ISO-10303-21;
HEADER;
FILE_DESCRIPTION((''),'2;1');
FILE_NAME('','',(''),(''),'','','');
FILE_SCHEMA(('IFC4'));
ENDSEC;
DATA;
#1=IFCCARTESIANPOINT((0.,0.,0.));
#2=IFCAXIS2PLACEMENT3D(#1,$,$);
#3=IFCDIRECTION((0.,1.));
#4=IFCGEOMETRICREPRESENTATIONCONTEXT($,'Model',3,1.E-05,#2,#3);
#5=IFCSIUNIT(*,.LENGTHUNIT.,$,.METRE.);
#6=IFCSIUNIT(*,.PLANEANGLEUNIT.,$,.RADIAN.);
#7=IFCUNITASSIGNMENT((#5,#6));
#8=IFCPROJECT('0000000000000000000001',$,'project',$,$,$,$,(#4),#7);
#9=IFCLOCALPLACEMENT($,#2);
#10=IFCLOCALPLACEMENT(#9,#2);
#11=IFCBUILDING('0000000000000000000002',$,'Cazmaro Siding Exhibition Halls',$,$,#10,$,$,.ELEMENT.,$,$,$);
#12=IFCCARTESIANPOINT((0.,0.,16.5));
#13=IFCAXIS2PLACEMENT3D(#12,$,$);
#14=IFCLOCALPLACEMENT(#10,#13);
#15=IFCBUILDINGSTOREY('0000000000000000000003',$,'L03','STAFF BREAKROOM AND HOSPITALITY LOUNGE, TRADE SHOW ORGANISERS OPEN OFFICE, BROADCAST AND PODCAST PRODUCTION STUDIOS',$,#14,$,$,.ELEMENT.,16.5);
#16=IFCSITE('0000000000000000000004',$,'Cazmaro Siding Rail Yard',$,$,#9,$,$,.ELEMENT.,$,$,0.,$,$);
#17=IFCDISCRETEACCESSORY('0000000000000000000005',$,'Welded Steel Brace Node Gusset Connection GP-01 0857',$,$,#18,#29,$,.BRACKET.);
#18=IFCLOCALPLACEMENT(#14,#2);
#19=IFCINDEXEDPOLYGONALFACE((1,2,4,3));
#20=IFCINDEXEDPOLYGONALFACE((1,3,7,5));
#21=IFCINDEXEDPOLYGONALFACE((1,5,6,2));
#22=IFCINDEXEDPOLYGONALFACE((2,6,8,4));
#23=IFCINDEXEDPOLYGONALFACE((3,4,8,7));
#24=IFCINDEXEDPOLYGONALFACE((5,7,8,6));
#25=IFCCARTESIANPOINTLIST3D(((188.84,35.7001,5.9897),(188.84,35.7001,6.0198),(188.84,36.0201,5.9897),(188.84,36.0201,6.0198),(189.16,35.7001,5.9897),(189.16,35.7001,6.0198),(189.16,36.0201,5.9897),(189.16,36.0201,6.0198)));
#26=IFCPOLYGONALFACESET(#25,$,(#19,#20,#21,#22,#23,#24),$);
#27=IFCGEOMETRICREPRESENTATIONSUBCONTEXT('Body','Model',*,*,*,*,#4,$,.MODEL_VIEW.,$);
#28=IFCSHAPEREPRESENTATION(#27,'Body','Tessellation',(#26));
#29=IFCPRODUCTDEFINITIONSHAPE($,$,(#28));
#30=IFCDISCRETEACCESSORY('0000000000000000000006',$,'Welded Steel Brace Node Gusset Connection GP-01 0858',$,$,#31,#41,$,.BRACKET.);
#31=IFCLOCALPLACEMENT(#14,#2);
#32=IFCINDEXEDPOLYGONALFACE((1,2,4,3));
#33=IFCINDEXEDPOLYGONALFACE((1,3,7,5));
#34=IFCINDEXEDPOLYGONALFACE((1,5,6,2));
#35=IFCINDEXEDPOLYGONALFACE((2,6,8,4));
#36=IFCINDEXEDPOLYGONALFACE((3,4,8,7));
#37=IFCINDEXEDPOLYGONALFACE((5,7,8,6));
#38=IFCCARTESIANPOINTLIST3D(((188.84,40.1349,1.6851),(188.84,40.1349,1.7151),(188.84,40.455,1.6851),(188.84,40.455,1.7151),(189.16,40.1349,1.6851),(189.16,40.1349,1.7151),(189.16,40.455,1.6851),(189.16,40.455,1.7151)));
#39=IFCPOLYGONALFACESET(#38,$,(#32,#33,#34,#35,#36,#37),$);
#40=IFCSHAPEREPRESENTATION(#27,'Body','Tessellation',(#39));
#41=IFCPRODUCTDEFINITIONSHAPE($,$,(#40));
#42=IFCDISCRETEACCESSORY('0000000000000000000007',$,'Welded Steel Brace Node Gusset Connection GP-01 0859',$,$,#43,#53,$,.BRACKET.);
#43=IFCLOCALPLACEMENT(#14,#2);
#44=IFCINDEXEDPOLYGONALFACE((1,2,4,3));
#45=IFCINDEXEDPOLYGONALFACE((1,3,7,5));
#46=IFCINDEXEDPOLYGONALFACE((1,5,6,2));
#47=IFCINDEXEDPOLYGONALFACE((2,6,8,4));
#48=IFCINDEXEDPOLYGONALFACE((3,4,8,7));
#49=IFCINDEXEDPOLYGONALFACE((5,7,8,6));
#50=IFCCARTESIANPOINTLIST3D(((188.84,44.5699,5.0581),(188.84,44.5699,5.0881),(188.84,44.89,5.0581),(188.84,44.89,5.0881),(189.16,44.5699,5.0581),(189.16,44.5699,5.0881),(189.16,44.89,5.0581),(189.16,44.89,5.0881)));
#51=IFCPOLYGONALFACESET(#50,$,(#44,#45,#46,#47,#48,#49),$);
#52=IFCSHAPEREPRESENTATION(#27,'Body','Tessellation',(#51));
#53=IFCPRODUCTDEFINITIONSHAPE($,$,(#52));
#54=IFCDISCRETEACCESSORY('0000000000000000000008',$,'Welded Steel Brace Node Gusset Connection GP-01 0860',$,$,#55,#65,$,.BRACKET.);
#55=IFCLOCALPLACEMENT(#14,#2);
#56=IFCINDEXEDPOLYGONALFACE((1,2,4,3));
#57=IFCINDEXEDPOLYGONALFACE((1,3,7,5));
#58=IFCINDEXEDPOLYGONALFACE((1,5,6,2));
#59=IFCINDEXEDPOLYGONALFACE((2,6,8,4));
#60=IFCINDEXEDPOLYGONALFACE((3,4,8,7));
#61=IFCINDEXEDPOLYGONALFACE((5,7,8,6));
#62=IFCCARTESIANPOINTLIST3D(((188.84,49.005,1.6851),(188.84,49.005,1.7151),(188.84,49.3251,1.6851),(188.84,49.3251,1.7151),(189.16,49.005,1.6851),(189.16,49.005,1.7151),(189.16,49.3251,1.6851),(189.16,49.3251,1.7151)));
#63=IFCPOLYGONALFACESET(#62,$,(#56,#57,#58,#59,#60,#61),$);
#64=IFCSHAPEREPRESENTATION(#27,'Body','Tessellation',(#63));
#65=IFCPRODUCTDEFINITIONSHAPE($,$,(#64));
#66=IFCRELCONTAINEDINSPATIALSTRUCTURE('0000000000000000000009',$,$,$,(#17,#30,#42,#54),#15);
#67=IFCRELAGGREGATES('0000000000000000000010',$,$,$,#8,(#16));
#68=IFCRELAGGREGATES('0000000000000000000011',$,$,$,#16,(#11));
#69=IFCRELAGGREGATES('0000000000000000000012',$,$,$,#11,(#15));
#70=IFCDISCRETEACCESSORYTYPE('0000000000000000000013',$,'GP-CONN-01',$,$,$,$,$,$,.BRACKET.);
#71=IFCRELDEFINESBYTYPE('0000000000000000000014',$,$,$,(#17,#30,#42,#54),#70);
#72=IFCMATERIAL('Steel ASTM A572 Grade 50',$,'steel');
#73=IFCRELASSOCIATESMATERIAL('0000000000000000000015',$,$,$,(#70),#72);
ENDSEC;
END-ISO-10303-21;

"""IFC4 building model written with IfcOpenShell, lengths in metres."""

from ifc_helpers import new_model, si_unit, direction, frame, origin, origin_2d, place, context, subcontext, project, spatial, rectangle, extrude, material, type_object, element, save


model = new_model("IFC4")

# Units and contexts
model_context = context("Model", 3, precision=1e-05, world=origin(), true_north=direction((0.0, 1.0)))
body_context = subcontext(model_context, "Body", "Model", "MODEL_VIEW")
ifc_project = project(units=[si_unit("LENGTHUNIT", "METRE"), si_unit("PLANEANGLEUNIT", "RADIAN")], contexts=[model_context])

# Site, building, storey
site_placement = place(None, origin())
site = spatial("IfcSite", under=ifc_project, at=site_placement, Name="Cazmaro Siding Rail Yard", CompositionType="ELEMENT", RefElevation=0.0)
building_placement = place(site_placement, origin())
building = spatial("IfcBuilding", under=site, at=building_placement, Name="Cazmaro Siding Exhibition Halls", CompositionType="ELEMENT")
storey_placement = place(building_placement, frame((0.0, 0.0, 16.5)))
storey = spatial("IfcBuildingStorey", under=building, at=storey_placement, Name="L03", Description="STAFF BREAKROOM AND HOSPITALITY LOUNGE, TRADE SHOW ORGANISERS OPEN OFFICE, BROADCAST AND PODCAST PRODUCTION STUDIOS", CompositionType="ELEMENT", Elevation=16.5)

# Discrete accessories
ifc_material_1 = material(Name="Steel ASTM A572 Grade 50", Category="steel")
discrete_accessory_type = type_object("IfcDiscreteAccessoryType", Name="GP-CONN-01", PredefinedType="BRACKET", material=ifc_material_1)
for number, where, z_axis, x_axis, name in (
    (1, (189.0, 35.8601, 5.9897), (0.0, 0.0, 1.0), (1.0, 0.0, 0.0), "Welded Steel Brace Node Gusset Connection GP-01 0857"),
    (2, (189.0, 40.2949, 1.6851), (0.0, 0.0, 1.0), (1.0, 0.0, 0.0), "Welded Steel Brace Node Gusset Connection GP-01 0858"),
    (3, (189.0, 44.73, 5.0581), (0.0, 0.0, 1.0), (1.0, 0.0, 0.0), "Welded Steel Brace Node Gusset Connection GP-01 0859"),
    (4, (189.0, 49.165, 1.6851), (0.0, 0.0, 1.0), (1.0, 0.0, 0.0), "Welded Steel Brace Node Gusset Connection GP-01 0860"),
):
    element("IfcDiscreteAccessory", number, at=place(storey_placement, frame(where, z_axis=z_axis, x_axis=x_axis)), inside=storey, type_object=discrete_accessory_type, Name=name, PredefinedType="BRACKET", context=body_context, shape_type="SweptSolid", body=[
        extrude(rectangle(XDim=0.3201, YDim=0.3201, at=origin_2d()), origin(), (0.0, 0.0, 1.0), 0.03),
    ])

save(model, "model.ifc")
